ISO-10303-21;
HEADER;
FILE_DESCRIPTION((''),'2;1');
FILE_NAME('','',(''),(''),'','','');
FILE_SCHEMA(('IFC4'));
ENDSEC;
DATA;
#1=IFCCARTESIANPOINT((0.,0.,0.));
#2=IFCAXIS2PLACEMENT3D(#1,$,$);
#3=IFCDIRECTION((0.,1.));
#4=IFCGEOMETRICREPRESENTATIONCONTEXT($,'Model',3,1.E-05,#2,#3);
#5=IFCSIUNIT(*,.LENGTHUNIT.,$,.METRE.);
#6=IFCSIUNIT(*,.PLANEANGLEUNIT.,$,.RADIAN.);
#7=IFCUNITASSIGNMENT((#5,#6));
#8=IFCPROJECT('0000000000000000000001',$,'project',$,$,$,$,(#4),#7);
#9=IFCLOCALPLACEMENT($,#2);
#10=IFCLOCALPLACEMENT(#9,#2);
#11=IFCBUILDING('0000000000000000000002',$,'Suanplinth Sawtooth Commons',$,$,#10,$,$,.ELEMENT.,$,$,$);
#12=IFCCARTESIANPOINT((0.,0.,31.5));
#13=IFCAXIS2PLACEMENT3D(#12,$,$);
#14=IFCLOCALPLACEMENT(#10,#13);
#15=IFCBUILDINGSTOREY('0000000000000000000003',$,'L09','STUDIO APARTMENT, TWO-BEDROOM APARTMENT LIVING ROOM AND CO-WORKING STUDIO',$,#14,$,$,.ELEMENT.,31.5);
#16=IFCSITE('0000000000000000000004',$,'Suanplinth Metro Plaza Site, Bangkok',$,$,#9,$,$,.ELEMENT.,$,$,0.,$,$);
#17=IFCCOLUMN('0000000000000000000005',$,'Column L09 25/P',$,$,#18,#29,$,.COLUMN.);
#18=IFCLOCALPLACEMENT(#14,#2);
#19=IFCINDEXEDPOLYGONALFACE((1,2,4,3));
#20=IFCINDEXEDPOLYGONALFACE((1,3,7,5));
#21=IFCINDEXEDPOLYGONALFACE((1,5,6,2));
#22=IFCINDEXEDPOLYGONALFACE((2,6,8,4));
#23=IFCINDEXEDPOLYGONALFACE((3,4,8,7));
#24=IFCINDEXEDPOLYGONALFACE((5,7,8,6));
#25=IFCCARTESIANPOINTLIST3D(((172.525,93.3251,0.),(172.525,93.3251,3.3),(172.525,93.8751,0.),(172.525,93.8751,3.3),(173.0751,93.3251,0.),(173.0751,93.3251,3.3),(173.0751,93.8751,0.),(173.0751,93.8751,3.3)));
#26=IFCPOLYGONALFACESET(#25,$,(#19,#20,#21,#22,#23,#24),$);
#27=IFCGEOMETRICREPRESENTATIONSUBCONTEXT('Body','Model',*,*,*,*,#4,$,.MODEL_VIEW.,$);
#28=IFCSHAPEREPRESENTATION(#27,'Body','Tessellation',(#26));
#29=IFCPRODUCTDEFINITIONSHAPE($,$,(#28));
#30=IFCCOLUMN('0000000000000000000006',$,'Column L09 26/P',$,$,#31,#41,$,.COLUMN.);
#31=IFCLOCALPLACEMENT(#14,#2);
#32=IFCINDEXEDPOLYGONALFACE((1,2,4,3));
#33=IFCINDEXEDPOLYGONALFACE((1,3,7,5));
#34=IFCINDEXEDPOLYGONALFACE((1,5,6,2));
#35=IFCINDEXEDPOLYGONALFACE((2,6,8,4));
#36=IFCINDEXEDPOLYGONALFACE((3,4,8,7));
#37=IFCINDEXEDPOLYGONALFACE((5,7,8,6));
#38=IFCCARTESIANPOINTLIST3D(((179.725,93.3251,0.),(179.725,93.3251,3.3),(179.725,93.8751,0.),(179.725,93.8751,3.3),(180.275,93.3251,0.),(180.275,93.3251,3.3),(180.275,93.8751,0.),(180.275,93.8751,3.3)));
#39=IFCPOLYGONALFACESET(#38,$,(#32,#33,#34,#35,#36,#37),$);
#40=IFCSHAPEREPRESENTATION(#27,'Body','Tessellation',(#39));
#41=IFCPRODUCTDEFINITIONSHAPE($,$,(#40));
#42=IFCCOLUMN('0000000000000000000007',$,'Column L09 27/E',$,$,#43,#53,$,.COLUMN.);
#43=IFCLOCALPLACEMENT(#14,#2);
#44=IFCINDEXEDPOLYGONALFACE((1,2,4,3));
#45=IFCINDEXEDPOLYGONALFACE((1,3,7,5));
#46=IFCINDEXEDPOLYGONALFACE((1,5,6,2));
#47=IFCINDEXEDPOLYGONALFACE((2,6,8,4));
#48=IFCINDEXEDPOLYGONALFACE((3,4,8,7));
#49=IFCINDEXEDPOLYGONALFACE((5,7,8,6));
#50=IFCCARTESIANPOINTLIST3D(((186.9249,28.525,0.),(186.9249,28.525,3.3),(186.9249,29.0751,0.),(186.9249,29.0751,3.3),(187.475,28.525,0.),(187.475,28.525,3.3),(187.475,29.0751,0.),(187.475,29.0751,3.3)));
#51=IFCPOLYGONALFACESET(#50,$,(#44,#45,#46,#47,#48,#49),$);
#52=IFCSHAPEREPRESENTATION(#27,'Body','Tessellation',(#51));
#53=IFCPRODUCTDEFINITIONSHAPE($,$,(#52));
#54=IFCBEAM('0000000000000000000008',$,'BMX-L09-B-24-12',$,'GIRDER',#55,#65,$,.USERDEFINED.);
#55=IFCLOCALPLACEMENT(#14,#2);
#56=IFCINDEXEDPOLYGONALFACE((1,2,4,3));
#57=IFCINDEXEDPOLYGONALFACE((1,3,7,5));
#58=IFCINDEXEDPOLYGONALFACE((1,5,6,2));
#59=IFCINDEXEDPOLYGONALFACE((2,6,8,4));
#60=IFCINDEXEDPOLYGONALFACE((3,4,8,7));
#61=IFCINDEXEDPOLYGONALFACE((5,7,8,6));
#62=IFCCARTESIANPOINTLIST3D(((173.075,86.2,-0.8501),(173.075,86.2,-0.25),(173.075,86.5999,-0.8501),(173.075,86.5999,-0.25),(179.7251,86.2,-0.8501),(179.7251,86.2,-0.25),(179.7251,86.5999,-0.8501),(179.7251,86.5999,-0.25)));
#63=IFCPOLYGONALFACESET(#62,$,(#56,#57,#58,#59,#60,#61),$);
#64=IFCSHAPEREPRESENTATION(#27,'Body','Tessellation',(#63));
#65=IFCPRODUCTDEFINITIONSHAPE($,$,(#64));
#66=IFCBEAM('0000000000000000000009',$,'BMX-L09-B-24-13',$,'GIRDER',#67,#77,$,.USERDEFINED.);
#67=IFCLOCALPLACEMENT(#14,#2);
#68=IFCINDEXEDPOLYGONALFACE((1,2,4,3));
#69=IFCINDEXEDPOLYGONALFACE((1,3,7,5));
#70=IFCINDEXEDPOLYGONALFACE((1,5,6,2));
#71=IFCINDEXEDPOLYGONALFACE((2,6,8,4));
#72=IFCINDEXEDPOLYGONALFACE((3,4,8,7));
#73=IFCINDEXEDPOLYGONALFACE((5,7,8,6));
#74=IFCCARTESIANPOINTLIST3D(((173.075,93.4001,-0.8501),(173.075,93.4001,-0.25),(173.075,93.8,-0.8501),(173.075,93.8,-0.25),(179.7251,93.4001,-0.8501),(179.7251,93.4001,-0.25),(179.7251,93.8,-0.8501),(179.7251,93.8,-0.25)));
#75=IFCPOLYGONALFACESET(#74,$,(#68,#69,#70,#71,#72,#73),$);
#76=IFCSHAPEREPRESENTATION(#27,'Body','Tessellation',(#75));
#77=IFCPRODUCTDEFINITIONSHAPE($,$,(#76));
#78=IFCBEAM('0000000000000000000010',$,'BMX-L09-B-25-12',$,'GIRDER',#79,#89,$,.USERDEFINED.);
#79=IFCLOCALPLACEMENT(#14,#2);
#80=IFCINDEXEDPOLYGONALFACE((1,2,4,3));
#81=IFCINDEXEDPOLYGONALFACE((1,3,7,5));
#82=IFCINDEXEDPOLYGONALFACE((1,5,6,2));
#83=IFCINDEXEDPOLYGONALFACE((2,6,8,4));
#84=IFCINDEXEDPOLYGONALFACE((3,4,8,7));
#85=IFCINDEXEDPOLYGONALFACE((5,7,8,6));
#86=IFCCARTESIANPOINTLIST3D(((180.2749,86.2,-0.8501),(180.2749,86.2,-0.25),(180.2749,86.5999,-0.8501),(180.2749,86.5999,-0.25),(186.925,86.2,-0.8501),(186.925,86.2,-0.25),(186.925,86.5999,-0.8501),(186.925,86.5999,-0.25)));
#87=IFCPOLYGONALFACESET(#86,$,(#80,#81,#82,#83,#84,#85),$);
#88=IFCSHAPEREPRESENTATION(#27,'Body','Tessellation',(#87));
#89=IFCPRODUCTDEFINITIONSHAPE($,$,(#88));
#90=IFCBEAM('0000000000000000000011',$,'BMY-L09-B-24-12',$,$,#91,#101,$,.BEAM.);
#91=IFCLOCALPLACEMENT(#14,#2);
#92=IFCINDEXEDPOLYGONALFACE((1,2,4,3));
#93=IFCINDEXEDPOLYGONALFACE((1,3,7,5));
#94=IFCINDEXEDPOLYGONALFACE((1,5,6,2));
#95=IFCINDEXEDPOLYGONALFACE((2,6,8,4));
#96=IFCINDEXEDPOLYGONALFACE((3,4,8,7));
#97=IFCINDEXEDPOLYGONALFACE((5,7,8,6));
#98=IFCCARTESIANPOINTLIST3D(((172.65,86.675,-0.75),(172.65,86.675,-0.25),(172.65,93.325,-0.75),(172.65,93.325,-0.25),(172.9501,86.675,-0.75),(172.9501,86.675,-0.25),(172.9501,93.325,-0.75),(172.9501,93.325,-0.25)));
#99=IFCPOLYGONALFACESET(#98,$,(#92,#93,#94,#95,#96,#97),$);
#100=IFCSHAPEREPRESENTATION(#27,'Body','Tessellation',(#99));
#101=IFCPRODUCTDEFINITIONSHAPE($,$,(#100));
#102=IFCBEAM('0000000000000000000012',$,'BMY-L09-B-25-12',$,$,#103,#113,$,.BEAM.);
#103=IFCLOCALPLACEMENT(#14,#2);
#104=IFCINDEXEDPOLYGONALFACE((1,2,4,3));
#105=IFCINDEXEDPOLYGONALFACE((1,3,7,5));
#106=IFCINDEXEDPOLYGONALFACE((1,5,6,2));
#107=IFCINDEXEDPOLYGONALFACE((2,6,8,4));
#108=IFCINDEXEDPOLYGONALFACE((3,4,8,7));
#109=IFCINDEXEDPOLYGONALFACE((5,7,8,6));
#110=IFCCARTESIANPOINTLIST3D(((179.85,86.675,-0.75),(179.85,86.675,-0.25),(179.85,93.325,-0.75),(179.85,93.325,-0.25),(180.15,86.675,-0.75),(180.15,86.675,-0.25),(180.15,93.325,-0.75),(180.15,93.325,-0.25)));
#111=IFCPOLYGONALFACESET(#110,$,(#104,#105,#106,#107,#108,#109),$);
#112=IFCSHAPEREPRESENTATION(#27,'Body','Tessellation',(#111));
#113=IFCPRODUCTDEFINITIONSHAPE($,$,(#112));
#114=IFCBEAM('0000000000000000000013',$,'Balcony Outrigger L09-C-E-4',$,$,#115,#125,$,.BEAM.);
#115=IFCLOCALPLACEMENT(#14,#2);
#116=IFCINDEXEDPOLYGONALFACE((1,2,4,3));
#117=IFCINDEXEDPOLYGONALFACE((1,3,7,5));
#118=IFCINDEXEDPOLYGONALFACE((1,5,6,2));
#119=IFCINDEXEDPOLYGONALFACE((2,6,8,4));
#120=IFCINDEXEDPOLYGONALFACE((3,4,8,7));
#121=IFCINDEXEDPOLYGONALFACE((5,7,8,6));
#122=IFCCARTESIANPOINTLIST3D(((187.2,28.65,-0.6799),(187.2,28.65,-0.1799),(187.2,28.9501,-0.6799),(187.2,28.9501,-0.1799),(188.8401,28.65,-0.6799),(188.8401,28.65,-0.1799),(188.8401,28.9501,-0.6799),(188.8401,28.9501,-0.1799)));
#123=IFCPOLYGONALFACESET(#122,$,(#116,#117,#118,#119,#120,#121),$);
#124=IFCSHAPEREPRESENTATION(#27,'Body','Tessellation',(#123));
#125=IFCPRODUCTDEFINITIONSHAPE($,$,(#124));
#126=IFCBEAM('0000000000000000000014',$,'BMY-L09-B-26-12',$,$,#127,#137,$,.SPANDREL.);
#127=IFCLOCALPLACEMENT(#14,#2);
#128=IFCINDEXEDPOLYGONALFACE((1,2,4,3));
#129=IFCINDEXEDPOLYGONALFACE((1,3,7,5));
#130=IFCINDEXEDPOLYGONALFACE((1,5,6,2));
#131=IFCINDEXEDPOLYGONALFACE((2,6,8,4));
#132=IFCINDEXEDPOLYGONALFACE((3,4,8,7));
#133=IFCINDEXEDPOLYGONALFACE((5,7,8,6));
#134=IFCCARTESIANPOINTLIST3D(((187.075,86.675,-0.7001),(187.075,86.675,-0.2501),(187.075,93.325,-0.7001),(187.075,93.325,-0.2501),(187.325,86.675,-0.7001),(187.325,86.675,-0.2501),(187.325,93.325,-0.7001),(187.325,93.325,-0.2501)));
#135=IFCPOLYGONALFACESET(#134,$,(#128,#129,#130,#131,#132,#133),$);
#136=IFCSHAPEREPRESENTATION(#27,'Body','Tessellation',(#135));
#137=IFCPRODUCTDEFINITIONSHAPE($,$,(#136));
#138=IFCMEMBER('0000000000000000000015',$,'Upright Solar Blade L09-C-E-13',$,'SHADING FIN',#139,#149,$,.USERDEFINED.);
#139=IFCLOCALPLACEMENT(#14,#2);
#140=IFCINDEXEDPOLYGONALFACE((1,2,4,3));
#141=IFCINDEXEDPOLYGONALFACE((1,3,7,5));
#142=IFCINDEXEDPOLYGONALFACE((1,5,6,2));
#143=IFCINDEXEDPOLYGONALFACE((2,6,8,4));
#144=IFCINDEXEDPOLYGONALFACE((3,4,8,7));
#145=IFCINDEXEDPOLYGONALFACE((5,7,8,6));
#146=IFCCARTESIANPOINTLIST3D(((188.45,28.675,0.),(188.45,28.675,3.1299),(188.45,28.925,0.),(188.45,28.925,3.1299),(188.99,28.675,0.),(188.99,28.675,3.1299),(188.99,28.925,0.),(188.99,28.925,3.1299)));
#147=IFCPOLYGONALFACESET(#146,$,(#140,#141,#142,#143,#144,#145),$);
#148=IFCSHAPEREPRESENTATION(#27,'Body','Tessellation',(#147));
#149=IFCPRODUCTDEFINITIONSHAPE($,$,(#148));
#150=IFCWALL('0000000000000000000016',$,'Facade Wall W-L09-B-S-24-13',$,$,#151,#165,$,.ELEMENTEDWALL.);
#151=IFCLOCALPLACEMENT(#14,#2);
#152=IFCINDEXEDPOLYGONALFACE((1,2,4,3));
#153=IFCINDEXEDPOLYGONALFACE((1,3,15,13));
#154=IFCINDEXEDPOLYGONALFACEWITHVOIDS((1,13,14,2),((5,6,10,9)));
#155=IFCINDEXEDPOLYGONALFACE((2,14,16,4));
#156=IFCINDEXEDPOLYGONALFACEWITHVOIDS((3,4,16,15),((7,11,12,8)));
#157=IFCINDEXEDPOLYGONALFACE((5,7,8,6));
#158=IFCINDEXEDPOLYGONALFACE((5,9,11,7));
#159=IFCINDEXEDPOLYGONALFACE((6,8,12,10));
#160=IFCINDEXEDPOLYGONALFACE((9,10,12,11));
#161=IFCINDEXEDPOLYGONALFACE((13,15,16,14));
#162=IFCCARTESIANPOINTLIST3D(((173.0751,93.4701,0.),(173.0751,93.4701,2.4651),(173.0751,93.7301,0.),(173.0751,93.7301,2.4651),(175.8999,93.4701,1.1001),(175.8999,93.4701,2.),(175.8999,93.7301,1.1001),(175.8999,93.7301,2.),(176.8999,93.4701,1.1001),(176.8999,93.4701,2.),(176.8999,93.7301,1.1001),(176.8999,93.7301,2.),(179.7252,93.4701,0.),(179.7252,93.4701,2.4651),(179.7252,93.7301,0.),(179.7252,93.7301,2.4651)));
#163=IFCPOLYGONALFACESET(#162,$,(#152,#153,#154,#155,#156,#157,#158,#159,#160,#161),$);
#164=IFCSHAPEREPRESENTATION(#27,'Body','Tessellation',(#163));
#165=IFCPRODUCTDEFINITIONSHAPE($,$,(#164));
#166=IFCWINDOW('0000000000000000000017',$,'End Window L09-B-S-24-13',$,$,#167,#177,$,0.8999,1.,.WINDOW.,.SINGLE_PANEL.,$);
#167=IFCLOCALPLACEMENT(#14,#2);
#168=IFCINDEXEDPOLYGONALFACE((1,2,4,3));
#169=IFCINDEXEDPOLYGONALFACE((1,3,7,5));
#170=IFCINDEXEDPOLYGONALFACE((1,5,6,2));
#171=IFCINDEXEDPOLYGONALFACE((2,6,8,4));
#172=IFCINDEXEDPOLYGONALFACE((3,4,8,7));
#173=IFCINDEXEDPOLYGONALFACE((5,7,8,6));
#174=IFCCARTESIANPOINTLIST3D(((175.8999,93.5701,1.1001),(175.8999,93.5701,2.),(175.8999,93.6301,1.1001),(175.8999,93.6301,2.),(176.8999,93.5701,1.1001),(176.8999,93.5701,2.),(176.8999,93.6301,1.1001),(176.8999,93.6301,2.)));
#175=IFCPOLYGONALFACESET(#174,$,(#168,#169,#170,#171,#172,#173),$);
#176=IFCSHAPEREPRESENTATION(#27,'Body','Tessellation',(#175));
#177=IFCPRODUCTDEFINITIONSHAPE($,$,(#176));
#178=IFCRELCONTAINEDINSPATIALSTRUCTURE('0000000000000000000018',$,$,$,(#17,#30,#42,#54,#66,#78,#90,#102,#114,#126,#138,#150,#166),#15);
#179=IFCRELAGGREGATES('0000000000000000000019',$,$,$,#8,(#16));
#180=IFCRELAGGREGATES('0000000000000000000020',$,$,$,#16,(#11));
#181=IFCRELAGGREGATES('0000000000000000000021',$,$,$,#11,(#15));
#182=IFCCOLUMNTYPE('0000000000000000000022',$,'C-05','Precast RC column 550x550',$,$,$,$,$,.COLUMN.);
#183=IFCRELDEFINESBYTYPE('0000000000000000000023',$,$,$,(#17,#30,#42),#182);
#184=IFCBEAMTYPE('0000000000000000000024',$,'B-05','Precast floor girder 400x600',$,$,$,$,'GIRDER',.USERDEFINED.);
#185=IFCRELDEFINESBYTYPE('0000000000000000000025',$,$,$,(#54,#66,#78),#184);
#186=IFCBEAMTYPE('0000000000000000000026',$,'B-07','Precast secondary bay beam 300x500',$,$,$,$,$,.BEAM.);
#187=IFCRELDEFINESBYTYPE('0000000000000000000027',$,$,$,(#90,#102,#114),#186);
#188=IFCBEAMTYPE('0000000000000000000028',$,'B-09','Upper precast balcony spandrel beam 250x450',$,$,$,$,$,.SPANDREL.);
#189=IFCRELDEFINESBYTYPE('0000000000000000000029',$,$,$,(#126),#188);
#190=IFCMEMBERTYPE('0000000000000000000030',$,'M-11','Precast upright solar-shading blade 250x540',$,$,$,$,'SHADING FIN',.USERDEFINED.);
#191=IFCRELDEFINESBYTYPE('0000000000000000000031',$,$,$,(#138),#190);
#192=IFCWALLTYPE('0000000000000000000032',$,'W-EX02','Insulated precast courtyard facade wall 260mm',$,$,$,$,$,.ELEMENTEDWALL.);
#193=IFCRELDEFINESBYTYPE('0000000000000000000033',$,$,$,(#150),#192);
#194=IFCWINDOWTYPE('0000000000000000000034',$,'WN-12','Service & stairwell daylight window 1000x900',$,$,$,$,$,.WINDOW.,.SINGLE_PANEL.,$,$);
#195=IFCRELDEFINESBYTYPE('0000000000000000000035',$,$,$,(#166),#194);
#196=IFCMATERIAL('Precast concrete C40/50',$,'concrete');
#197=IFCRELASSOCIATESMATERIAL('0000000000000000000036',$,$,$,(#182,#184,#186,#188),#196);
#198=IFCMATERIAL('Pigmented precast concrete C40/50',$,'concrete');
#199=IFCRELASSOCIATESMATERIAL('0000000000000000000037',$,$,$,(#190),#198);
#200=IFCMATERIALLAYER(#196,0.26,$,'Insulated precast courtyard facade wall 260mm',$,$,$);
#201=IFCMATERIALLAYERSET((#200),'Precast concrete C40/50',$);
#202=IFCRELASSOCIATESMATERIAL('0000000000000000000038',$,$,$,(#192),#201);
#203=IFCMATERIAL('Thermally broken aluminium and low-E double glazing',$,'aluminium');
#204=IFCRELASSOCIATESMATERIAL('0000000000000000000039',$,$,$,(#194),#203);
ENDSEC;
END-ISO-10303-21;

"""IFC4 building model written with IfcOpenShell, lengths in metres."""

from ifc_helpers import new_model, si_unit, direction, frame, frame_2d, origin, origin_2d, place, context, subcontext, project, spatial, rectangle, extrude, material, layer, layer_set, material_profile, profile_set, type_object, element, fill, save


model = new_model("IFC4")

# Units and contexts
model_context = context("Model", 3, precision=1e-05, world=origin(), true_north=direction((0.0, 1.0)))
body_context = subcontext(model_context, "Body", "Model", "MODEL_VIEW")
ifc_project = project(units=[si_unit("LENGTHUNIT", "METRE"), si_unit("PLANEANGLEUNIT", "RADIAN")], contexts=[model_context])

# Site, building, storey
site_placement = place(None, origin())
site = spatial("IfcSite", under=ifc_project, at=site_placement, Name="Suanplinth Metro Plaza Site, Bangkok", CompositionType="ELEMENT", RefElevation=0.0)
building_placement = place(site_placement, origin())
building = spatial("IfcBuilding", under=site, at=building_placement, Name="Suanplinth Sawtooth Commons", CompositionType="ELEMENT")
storey_placement = place(building_placement, frame((0.0, 0.0, 31.5)))
storey = spatial("IfcBuildingStorey", under=building, at=storey_placement, Name="L09", Description="STUDIO APARTMENT, TWO-BEDROOM APARTMENT LIVING ROOM AND CO-WORKING STUDIO", CompositionType="ELEMENT", Elevation=31.5)

# Columns
ifc_material_1 = material(Name="Precast concrete C40/50", Category="concrete")
ifc_material_profile_1 = material_profile(ifc_material_1, rectangle(XDim=0.55, YDim=0.55, at=origin_2d()), Name="PC-COL 550x550")
ifc_profile_set_1 = profile_set([ifc_material_profile_1], Name="Precast concrete C40/50")
column_type = type_object("IfcColumnType", Name="C-05", Description="Precast RC column 550x550", PredefinedType="COLUMN", material=ifc_profile_set_1)
for number, where, z_axis, x_axis, name in (
    (1, (172.8, 93.6001, 0.0), (0.0, 0.0, 1.0), (1.0, 0.0, 0.0), "Column L09 25/P"),
    (2, (180.0, 93.6001, 0.0), (0.0, 0.0, 1.0), (1.0, 0.0, 0.0), "Column L09 26/P"),
    (3, (187.2, 28.8, 0.0), (0.0, 0.0, 1.0), (1.0, 0.0, 0.0), "Column L09 27/E"),
):
    element("IfcColumn", number, at=place(storey_placement, frame(where, z_axis=z_axis, x_axis=x_axis)), inside=storey, type_object=column_type, Name=name, PredefinedType="COLUMN", context=body_context, shape_type="SweptSolid", body=[
        extrude(rectangle(XDim=0.55, YDim=0.55, at=origin_2d()), origin(), (0.0, 0.0, 1.0), 3.3),
    ])

# Beams
ifc_material_profile_2 = material_profile(ifc_material_1, rectangle(XDim=0.3999, YDim=0.6001, at=origin_2d()), Name="PC-GDR 400x600")
ifc_profile_set_2 = profile_set([ifc_material_profile_2], Name="Precast concrete C40/50")
beam_type_1 = type_object("IfcBeamType", Name="B-05", Description="Precast floor girder 400x600", ElementType="GIRDER", PredefinedType="USERDEFINED", material=ifc_profile_set_2)
for number, where, z_axis, x_axis, name in (
    (4, (173.075, 86.3999, -0.55), (1.0, 0.0, 0.0), (0.0, 1.0, 0.0), "BMX-L09-B-24-12"),
    (5, (173.075, 93.6001, -0.55), (1.0, 0.0, 0.0), (0.0, 1.0, 0.0), "BMX-L09-B-24-13"),
    (6, (180.2749, 86.3999, -0.55), (1.0, 0.0, 0.0), (0.0, 1.0, 0.0), "BMX-L09-B-25-12"),
):
    element("IfcBeam", number, at=place(storey_placement, frame(where, z_axis=z_axis, x_axis=x_axis)), inside=storey, type_object=beam_type_1, Name=name, ObjectType="GIRDER", PredefinedType="USERDEFINED", context=body_context, shape_type="SweptSolid", body=[
        extrude(rectangle(XDim=0.3999, YDim=0.6001, at=origin_2d()), origin(), (0.0, 0.0, 1.0), 6.6501),
    ])
ifc_material_profile_3 = material_profile(ifc_material_1, rectangle(XDim=0.3, YDim=0.5, at=origin_2d()), Name="PC-BM 300x500")
ifc_profile_set_3 = profile_set([ifc_material_profile_3], Name="Precast concrete C40/50")
beam_type_2 = type_object("IfcBeamType", Name="B-07", Description="Precast secondary bay beam 300x500", PredefinedType="BEAM", material=ifc_profile_set_3)
for number, where, z_axis, x_axis, name in (
    (7, (172.8, 86.675, -0.5), (0.0, 1.0, 0.0), (-1.0, 0.0, 0.0), "BMY-L09-B-24-12"),
    (8, (180.0, 86.675, -0.5), (0.0, 1.0, 0.0), (-1.0, 0.0, 0.0), "BMY-L09-B-25-12"),
):
    element("IfcBeam", number, at=place(storey_placement, frame(where, z_axis=z_axis, x_axis=x_axis)), inside=storey, type_object=beam_type_2, Name=name, PredefinedType="BEAM", context=body_context, shape_type="SweptSolid", body=[
        extrude(rectangle(XDim=0.3, YDim=0.5, at=origin_2d()), origin(), (0.0, 0.0, 1.0), 6.6499),
    ])
beam_1_placement = place(storey_placement, frame((187.2, 28.8, -0.4299), z_axis=(1.0, 0.0, 0.0), x_axis=(0.0, 1.0, 0.0)))
element("IfcBeam", 9, at=beam_1_placement, inside=storey, type_object=beam_type_2, Name="Balcony Outrigger L09-C-E-4", PredefinedType="BEAM", context=body_context, shape_type="SweptSolid", body=[
    extrude(rectangle(XDim=0.3, YDim=0.5, at=origin_2d()), origin(), (0.0, 0.0, 1.0), 1.6401),
])
ifc_material_profile_4 = material_profile(ifc_material_1, rectangle(XDim=0.25, YDim=0.45, at=origin_2d()), Name="PC-SP 250x450")
ifc_profile_set_4 = profile_set([ifc_material_profile_4], Name="Precast concrete C40/50")
beam_type_3 = type_object("IfcBeamType", Name="B-09", Description="Upper precast balcony spandrel beam 250x450", PredefinedType="SPANDREL", material=ifc_profile_set_4)
beam_2_placement = place(storey_placement, frame((187.2, 86.675, -0.4751), z_axis=(0.0, 1.0, 0.0), x_axis=(-1.0, 0.0, 0.0)))
element("IfcBeam", 10, at=beam_2_placement, inside=storey, type_object=beam_type_3, Name="BMY-L09-B-26-12", PredefinedType="SPANDREL", context=body_context, shape_type="SweptSolid", body=[
    extrude(rectangle(XDim=0.25, YDim=0.45, at=origin_2d()), origin(), (0.0, 0.0, 1.0), 6.6499),
])

# Member
ifc_material_2 = material(Name="Pigmented precast concrete C40/50", Category="concrete")
ifc_material_profile_5 = material_profile(ifc_material_2, rectangle(XDim=0.25, YDim=0.54, at=origin_2d()), Name="PC-FIN 250x540")
ifc_profile_set_5 = profile_set([ifc_material_profile_5], Name="Pigmented precast concrete C40/50")
member_type = type_object("IfcMemberType", Name="M-11", Description="Precast upright solar-shading blade 250x540", ElementType="SHADING FIN", PredefinedType="USERDEFINED", material=ifc_profile_set_5)
member_placement = place(storey_placement, frame((188.72, 28.8, 0.0), z_axis=(0.0, 0.0, 1.0), x_axis=(0.0, 1.0, 0.0)))
element("IfcMember", 11, at=member_placement, inside=storey, type_object=member_type, Name="Upright Solar Blade L09-C-E-13", ObjectType="SHADING FIN", PredefinedType="USERDEFINED", context=body_context, shape_type="SweptSolid", body=[
    extrude(rectangle(XDim=0.25, YDim=0.54, at=origin_2d()), origin(), (0.0, 0.0, 1.0), 3.1299),
])

# Wall, opening, window
ifc_layer = layer(ifc_material_1, 0.26, Name="Insulated precast courtyard facade wall 260mm")
ifc_layer_set = layer_set([ifc_layer], Name="Precast concrete C40/50")
wall_type = type_object("IfcWallType", Name="W-EX02", Description="Insulated precast courtyard facade wall 260mm", PredefinedType="ELEMENTEDWALL", material=ifc_layer_set)
wall_1_placement = place(storey_placement, frame((173.075, 93.6001, 0.0), z_axis=(0.0, 0.0, 1.0), x_axis=(1.0, 0.0, 0.0)))
wall_1 = element("IfcWall", 12, at=wall_1_placement, inside=storey, type_object=wall_type, Name="Facade Wall W-L09-B-S-24-13", PredefinedType="ELEMENTEDWALL", context=body_context, shape_type="SweptSolid", body=[
    extrude(rectangle(XDim=6.6501, YDim=0.26, at=frame_2d((3.3252, 0.0))), origin(), (0.0, 0.0, 1.0), 2.4651),
])
opening_1_placement = place(wall_1_placement, frame((2.825, 0.0, 1.1001)))
opening_1 = element("IfcOpeningElement", 13, at=opening_1_placement, cuts=wall_1, PredefinedType="OPENING", context=body_context, shape_type="SweptSolid", body=[
    extrude(rectangle(XDim=1.0, YDim=0.8999, at=frame_2d((0.5, 0.45))), frame((0.0, 0.145, 0.0), z_axis=(0.0, -1.0, 0.0), x_axis=(1.0, 0.0, 0.0)), (0.0, 0.0, 1.0), 0.2898),
])
ifc_material_3 = material(Name="Thermally broken aluminium and low-E double glazing", Category="aluminium")
window_type = type_object("IfcWindowType", Name="WN-12", Description="Service & stairwell daylight window 1000x900", PartitioningType="SINGLE_PANEL", PredefinedType="WINDOW", material=ifc_material_3)
window_placement = place(opening_1_placement, origin())
window = element("IfcWindow", 14, at=window_placement, inside=storey, type_object=window_type, Name="End Window L09-B-S-24-13", OverallHeight=0.8999, OverallWidth=1.0, PartitioningType="SINGLE_PANEL", PredefinedType="WINDOW", context=body_context, shape_type="SweptSolid", body=[
    extrude(rectangle(XDim=1.0, YDim=0.8999, at=frame_2d((0.5, 0.45))), frame((0.0, 0.03, 0.0), z_axis=(0.0, -1.0, 0.0), x_axis=(1.0, 0.0, 0.0)), (0.0, 0.0, 1.0), 0.0601),
])
fill(opening_1, window)

save(model, "model.ifc")
